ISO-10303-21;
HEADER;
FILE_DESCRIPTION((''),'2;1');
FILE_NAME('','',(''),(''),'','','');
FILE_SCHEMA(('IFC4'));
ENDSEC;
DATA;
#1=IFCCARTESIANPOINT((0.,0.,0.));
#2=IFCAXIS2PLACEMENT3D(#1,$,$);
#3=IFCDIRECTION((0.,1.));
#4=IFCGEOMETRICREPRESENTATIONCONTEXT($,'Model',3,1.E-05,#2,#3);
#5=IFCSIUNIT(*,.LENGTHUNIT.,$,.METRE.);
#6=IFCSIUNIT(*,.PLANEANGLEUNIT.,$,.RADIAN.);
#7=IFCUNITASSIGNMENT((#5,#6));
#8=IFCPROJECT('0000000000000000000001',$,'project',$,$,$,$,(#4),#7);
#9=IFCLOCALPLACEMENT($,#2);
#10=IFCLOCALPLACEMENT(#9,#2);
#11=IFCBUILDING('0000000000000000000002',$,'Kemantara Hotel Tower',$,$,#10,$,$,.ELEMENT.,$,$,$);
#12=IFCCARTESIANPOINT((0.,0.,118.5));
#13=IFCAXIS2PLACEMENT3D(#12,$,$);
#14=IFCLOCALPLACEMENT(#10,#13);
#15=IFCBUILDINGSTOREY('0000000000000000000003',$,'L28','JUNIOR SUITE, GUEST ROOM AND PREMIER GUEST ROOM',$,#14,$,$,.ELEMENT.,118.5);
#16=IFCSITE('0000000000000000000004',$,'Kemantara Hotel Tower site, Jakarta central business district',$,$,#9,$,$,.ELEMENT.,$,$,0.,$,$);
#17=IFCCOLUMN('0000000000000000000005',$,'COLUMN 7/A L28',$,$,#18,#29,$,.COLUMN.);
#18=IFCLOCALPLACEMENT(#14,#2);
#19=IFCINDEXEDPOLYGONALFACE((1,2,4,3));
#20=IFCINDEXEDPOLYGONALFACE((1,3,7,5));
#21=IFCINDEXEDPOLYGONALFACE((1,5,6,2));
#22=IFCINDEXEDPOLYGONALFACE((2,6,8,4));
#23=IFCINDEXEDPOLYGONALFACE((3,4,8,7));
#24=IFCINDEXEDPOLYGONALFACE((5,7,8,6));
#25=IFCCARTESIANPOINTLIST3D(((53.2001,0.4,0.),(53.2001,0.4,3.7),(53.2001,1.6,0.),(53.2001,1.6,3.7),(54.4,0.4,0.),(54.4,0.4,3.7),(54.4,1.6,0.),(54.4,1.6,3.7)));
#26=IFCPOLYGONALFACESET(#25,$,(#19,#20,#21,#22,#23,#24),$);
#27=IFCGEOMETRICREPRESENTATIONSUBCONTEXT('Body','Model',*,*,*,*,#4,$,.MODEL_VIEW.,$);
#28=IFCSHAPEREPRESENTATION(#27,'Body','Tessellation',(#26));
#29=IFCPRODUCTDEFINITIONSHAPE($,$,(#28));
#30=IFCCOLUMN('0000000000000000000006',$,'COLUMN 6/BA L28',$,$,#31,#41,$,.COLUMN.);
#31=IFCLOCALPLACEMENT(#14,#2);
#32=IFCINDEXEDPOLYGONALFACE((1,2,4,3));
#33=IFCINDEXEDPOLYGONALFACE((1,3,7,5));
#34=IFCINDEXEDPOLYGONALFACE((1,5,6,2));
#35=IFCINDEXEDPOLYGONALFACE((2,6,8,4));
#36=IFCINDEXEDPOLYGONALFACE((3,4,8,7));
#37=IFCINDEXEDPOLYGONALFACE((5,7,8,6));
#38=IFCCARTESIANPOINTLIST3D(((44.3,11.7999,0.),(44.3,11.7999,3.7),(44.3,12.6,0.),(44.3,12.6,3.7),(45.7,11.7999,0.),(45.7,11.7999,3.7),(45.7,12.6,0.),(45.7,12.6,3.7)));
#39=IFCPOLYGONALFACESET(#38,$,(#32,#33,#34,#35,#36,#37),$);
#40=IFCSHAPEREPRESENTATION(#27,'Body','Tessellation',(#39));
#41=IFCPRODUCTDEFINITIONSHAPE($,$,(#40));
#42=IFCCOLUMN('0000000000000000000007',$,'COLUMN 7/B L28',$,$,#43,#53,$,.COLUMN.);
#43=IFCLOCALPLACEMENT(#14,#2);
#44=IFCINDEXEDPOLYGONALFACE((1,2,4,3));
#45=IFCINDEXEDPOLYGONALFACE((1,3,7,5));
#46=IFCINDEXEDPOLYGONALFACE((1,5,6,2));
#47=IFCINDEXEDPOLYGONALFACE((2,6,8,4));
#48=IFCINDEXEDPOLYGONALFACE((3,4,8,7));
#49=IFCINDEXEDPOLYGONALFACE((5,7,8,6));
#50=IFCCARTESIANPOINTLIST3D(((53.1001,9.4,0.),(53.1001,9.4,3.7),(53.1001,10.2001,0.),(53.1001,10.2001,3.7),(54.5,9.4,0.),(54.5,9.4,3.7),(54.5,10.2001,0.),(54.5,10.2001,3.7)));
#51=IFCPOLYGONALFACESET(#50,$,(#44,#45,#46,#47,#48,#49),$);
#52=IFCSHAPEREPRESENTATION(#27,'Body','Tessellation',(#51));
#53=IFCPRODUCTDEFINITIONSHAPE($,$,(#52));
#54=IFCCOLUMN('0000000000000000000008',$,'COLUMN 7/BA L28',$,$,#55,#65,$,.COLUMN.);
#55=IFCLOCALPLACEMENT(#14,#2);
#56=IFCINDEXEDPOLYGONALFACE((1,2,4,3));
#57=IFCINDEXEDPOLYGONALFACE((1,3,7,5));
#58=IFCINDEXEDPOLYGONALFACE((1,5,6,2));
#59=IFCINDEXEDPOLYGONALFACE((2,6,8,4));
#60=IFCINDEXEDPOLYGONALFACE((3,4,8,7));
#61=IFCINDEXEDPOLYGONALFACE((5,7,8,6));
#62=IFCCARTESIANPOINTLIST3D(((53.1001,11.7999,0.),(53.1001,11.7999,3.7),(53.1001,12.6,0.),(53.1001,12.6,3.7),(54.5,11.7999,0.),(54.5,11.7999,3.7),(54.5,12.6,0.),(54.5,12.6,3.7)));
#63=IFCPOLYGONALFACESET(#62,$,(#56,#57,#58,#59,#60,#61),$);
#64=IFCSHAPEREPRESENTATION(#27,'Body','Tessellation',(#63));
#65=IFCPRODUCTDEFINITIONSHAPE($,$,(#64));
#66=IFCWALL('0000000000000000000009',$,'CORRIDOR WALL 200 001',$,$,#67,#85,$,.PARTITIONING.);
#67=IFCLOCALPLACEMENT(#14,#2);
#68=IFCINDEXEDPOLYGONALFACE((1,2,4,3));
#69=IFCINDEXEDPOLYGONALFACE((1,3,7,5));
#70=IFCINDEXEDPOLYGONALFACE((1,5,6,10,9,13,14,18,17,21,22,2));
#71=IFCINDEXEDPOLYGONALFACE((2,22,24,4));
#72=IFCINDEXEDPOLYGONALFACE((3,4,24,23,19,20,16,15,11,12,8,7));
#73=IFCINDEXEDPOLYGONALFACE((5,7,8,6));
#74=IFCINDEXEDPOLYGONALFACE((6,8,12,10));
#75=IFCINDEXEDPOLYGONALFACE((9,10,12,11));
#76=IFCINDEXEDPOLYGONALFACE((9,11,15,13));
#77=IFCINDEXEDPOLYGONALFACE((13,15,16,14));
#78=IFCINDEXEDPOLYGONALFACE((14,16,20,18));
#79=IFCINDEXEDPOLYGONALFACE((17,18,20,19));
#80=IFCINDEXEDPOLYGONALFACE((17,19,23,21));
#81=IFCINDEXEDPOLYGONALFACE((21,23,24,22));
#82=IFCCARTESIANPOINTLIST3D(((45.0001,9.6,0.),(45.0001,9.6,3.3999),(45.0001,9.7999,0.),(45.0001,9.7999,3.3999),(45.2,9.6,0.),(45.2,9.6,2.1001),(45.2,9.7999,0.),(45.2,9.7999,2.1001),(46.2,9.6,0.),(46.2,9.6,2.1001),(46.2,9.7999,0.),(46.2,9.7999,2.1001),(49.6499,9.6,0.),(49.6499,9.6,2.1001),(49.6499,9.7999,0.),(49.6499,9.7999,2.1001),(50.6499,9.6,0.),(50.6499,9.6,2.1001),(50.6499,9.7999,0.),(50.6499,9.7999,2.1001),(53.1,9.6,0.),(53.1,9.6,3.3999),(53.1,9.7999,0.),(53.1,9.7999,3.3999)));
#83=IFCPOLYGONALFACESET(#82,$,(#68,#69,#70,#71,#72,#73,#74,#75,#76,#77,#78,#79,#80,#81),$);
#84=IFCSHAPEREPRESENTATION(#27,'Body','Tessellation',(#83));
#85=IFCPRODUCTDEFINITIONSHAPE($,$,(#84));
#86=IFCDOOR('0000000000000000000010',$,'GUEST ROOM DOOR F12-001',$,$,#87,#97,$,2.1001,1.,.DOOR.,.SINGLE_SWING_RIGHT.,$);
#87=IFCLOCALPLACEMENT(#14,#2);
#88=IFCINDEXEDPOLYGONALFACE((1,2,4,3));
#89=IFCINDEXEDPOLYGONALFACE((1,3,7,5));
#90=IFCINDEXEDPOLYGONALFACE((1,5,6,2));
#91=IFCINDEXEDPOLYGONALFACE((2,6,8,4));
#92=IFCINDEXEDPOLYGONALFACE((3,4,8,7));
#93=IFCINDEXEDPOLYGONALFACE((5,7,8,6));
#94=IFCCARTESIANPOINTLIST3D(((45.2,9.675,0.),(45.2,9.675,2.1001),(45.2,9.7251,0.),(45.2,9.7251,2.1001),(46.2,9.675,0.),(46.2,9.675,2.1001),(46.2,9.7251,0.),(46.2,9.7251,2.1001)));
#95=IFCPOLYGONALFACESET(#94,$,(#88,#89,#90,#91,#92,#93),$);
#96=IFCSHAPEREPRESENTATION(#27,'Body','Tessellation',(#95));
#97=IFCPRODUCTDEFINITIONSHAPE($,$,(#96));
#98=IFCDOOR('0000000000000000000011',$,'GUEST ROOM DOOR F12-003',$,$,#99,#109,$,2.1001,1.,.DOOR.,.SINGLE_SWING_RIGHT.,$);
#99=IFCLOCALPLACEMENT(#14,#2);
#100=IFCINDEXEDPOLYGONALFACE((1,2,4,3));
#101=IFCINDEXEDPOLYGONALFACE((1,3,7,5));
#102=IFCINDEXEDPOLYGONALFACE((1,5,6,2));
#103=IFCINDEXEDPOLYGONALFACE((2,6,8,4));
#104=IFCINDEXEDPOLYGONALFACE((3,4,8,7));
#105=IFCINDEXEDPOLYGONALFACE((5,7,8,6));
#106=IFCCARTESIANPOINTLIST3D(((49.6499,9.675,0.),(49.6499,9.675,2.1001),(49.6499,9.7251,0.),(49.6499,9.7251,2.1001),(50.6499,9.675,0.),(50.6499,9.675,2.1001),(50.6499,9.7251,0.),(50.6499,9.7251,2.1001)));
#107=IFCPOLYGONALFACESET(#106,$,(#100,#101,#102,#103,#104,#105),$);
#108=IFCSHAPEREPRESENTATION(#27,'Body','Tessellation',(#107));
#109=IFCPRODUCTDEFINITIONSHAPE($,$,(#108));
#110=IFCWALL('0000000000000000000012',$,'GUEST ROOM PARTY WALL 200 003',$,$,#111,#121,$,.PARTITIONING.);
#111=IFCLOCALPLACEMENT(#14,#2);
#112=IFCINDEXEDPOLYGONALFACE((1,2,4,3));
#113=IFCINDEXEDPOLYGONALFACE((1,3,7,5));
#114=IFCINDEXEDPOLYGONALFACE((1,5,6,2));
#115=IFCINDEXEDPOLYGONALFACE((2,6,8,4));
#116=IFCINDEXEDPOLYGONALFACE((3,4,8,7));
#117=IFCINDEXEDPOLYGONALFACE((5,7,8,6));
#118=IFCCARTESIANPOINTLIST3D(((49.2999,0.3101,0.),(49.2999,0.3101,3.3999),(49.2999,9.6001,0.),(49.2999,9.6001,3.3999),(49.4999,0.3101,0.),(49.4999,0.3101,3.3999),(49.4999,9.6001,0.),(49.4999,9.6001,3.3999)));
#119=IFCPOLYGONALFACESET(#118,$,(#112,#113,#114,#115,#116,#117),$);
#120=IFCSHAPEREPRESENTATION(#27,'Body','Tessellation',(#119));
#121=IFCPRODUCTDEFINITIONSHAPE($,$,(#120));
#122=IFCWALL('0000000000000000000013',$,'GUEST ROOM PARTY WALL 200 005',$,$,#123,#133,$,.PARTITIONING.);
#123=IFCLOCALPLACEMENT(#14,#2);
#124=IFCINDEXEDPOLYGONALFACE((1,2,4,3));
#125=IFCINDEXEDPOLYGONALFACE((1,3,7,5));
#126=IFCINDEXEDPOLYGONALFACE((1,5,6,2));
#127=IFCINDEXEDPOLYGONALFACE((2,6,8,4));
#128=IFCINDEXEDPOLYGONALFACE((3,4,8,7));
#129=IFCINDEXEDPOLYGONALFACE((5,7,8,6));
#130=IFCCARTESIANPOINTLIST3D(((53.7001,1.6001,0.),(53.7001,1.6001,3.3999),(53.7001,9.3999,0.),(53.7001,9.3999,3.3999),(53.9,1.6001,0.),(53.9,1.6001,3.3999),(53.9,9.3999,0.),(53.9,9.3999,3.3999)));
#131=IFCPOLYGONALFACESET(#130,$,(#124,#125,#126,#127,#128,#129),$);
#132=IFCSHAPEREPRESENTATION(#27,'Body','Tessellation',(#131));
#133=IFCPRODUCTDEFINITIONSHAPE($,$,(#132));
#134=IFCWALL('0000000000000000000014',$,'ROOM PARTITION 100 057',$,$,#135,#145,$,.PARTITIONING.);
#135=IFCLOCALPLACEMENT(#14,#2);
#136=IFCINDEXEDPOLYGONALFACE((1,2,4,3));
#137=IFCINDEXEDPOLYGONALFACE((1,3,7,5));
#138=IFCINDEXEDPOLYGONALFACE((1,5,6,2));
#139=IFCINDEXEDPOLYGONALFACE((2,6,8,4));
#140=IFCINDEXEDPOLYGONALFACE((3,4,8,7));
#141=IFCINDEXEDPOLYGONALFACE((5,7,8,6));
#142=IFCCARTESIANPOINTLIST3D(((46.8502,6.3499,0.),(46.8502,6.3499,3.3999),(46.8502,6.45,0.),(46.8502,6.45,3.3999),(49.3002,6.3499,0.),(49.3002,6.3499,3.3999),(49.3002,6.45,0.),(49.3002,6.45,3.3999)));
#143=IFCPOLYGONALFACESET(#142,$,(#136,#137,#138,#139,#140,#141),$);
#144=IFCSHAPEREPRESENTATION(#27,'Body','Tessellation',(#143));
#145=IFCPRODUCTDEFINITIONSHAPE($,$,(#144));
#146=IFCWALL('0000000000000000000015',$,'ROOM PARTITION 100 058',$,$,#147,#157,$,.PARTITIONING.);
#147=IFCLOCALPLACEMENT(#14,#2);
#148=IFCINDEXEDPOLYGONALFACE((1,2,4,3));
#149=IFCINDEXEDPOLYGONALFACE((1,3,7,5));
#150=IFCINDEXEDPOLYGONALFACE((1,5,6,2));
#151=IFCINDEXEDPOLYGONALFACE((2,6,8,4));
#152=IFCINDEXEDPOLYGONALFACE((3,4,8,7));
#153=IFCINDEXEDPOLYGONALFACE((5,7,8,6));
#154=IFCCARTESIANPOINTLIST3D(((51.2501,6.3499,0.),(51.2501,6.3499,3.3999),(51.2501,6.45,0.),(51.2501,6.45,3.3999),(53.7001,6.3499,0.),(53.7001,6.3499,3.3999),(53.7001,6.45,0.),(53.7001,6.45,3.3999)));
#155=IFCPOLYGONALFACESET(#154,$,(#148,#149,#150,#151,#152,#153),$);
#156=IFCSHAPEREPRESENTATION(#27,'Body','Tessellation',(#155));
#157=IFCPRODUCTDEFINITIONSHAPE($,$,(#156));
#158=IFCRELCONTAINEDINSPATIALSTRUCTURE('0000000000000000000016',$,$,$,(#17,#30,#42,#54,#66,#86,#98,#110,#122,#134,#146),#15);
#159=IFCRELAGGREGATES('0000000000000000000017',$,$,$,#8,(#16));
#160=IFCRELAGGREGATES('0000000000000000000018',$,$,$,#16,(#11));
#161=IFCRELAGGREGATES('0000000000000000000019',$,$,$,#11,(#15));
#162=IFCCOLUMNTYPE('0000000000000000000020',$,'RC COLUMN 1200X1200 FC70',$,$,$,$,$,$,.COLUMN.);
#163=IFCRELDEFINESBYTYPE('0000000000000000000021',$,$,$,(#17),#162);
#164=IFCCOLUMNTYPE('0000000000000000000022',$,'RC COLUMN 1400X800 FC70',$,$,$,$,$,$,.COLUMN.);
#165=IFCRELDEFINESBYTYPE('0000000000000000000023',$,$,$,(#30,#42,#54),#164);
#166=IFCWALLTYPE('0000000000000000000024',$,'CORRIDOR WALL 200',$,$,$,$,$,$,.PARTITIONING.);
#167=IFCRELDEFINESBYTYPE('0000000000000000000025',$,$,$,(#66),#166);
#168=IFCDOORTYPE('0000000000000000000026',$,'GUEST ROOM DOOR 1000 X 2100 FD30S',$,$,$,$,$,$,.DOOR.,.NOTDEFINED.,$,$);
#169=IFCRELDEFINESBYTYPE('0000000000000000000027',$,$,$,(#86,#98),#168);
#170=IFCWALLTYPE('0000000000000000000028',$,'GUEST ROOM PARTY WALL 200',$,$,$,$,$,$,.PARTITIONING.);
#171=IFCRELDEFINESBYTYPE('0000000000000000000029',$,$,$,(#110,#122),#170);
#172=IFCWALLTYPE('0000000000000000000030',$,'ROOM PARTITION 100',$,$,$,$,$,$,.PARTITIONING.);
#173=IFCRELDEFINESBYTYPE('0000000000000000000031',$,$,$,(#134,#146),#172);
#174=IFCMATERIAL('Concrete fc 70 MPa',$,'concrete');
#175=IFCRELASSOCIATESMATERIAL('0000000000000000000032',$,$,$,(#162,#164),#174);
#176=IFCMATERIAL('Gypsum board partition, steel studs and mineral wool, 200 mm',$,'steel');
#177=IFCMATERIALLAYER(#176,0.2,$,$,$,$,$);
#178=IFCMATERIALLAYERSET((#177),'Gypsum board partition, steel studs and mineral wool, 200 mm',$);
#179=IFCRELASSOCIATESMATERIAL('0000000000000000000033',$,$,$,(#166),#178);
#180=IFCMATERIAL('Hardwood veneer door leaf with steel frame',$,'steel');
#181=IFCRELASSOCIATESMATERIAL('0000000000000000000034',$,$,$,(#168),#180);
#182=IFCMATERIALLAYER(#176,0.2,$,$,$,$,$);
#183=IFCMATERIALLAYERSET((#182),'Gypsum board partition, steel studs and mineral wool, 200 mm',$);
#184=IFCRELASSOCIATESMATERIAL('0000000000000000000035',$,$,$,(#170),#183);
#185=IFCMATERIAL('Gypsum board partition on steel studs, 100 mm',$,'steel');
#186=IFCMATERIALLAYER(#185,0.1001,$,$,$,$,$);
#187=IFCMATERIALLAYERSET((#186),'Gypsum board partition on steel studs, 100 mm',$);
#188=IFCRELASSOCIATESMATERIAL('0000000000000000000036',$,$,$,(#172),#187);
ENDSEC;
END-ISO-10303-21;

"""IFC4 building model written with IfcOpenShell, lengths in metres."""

from ifc_helpers import new_model, si_unit, direction, frame, frame_2d, origin, origin_2d, place, context, subcontext, project, spatial, rectangle, extrude, material, layer, layer_set, material_profile, profile_set, type_object, element, fill, save


model = new_model("IFC4")

# Units and contexts
model_context = context("Model", 3, precision=1e-05, world=origin(), true_north=direction((0.0, 1.0)))
body_context = subcontext(model_context, "Body", "Model", "MODEL_VIEW")
ifc_project = project(units=[si_unit("LENGTHUNIT", "METRE"), si_unit("PLANEANGLEUNIT", "RADIAN")], contexts=[model_context])

# Site, building, storey
site_placement = place(None, origin())
site = spatial("IfcSite", under=ifc_project, at=site_placement, Name="Kemantara Hotel Tower site, Jakarta central business district", CompositionType="ELEMENT", RefElevation=0.0)
building_placement = place(site_placement, origin())
building = spatial("IfcBuilding", under=site, at=building_placement, Name="Kemantara Hotel Tower", CompositionType="ELEMENT")
storey_placement = place(building_placement, frame((0.0, 0.0, 118.5)))
storey = spatial("IfcBuildingStorey", under=building, at=storey_placement, Name="L28", Description="JUNIOR SUITE, GUEST ROOM AND PREMIER GUEST ROOM", CompositionType="ELEMENT", Elevation=118.5)

# Columns
ifc_material_1 = material(Name="Concrete fc 70 MPa", Category="concrete")
ifc_material_profile_1 = material_profile(ifc_material_1, rectangle(XDim=1.2, YDim=1.2, at=origin_2d()), Name="RC 1200X1200")
ifc_profile_set_1 = profile_set([ifc_material_profile_1], Name="Concrete fc 70 MPa")
column_type_1 = type_object("IfcColumnType", Name="RC COLUMN 1200X1200 FC70", PredefinedType="COLUMN", material=ifc_profile_set_1)
column_placement = place(storey_placement, frame((53.8, 1.0, 0.0), z_axis=(0.0, 0.0, 1.0), x_axis=(1.0, 0.0, 0.0)))
element("IfcColumn", 1, at=column_placement, inside=storey, type_object=column_type_1, Name="COLUMN 7/A L28", PredefinedType="COLUMN", context=body_context, shape_type="SweptSolid", body=[
    extrude(rectangle(XDim=1.2, YDim=1.2, at=origin_2d()), origin(), (0.0, 0.0, 1.0), 3.7),
])
ifc_material_profile_2 = material_profile(ifc_material_1, rectangle(XDim=1.3999, YDim=0.8, at=origin_2d()), Name="RC 1400X800")
ifc_profile_set_2 = profile_set([ifc_material_profile_2], Name="Concrete fc 70 MPa")
column_type_2 = type_object("IfcColumnType", Name="RC COLUMN 1400X800 FC70", PredefinedType="COLUMN", material=ifc_profile_set_2)
for number, where, z_axis, x_axis, name in (
    (2, (45.0, 12.2, 0.0), (0.0, 0.0, 1.0), (1.0, 0.0, 0.0), "COLUMN 6/BA L28"),
    (3, (53.8, 9.8, 0.0), (0.0, 0.0, 1.0), (1.0, 0.0, 0.0), "COLUMN 7/B L28"),
    (4, (53.8, 12.2, 0.0), (0.0, 0.0, 1.0), (1.0, 0.0, 0.0), "COLUMN 7/BA L28"),
):
    element("IfcColumn", number, at=place(storey_placement, frame(where, z_axis=z_axis, x_axis=x_axis)), inside=storey, type_object=column_type_2, Name=name, PredefinedType="COLUMN", context=body_context, shape_type="SweptSolid", body=[
        extrude(rectangle(XDim=1.3999, YDim=0.8, at=origin_2d()), origin(), (0.0, 0.0, 1.0), 3.7),
    ])

# Wall, openings, doors
ifc_material_2 = material(Name="Gypsum board partition, steel studs and mineral wool, 200 mm", Category="steel")
ifc_layer_1 = layer(ifc_material_2, 0.2)
ifc_layer_set_1 = layer_set([ifc_layer_1], Name="Gypsum board partition, steel studs and mineral wool, 200 mm")
wall_type_1 = type_object("IfcWallType", Name="CORRIDOR WALL 200", PredefinedType="PARTITIONING", material=ifc_layer_set_1)
wall_1_placement = place(storey_placement, frame((53.0999, 9.7, 0.0), z_axis=(0.0, 0.0, 1.0), x_axis=(-1.0, 0.0, 0.0)))
wall_1 = element("IfcWall", 5, at=wall_1_placement, inside=storey, type_object=wall_type_1, Name="CORRIDOR WALL 200 001", PredefinedType="PARTITIONING", context=body_context, shape_type="SweptSolid", body=[
    extrude(rectangle(XDim=8.0999, YDim=0.2, at=frame_2d((4.0498, 0.0))), origin(), (0.0, 0.0, 1.0), 3.3999),
])
opening_1_placement = place(wall_1_placement, frame((6.8999, 0.0, 0.0)))
opening_1 = element("IfcOpeningElement", 6, at=opening_1_placement, cuts=wall_1, PredefinedType="OPENING", context=body_context, shape_type="SweptSolid", body=[
    extrude(rectangle(XDim=1.0, YDim=2.1001, at=frame_2d((0.5, 1.05))), frame((0.0, 0.1099, 0.0), z_axis=(0.0, -1.0, 0.0), x_axis=(1.0, 0.0, 0.0)), (0.0, 0.0, 1.0), 0.22),
])
opening_2_placement = place(wall_1_placement, frame((2.45, 0.0, 0.0)))
opening_2 = element("IfcOpeningElement", 7, at=opening_2_placement, cuts=wall_1, PredefinedType="OPENING", context=body_context, shape_type="SweptSolid", body=[
    extrude(rectangle(XDim=1.0, YDim=2.1001, at=frame_2d((0.5, 1.05))), frame((0.0, 0.1099, 0.0), z_axis=(0.0, -1.0, 0.0), x_axis=(1.0, 0.0, 0.0)), (0.0, 0.0, 1.0), 0.22),
])
ifc_material_3 = material(Name="Hardwood veneer door leaf with steel frame", Category="steel")
door_type_1 = type_object("IfcDoorType", Name="GUEST ROOM DOOR 1000 X 2100 FD30S", OperationType="NOTDEFINED", PredefinedType="DOOR", material=ifc_material_3)
door_1_placement = place(opening_1_placement, origin())
door_1 = element("IfcDoor", 8, at=door_1_placement, inside=storey, type_object=door_type_1, Name="GUEST ROOM DOOR F12-001", OperationType="SINGLE_SWING_RIGHT", OverallHeight=2.1001, OverallWidth=1.0, PredefinedType="DOOR", context=body_context, shape_type="SweptSolid", body=[
    extrude(rectangle(XDim=1.0, YDim=2.1001, at=frame_2d((0.5, 1.05))), frame((0.0, 0.0249, 0.0), z_axis=(0.0, -1.0, 0.0), x_axis=(1.0, 0.0, 0.0)), (0.0, 0.0, 1.0), 0.05),
])
fill(opening_1, door_1)
door_2_placement = place(opening_2_placement, origin())
door_2 = element("IfcDoor", 9, at=door_2_placement, inside=storey, type_object=door_type_1, Name="GUEST ROOM DOOR F12-003", OperationType="SINGLE_SWING_RIGHT", OverallHeight=2.1001, OverallWidth=1.0, PredefinedType="DOOR", context=body_context, shape_type="SweptSolid", body=[
    extrude(rectangle(XDim=1.0, YDim=2.1001, at=frame_2d((0.5, 1.05))), frame((0.0, 0.0249, 0.0), z_axis=(0.0, -1.0, 0.0), x_axis=(1.0, 0.0, 0.0)), (0.0, 0.0, 1.0), 0.05),
])
fill(opening_2, door_2)

# Walls
ifc_layer_2 = layer(ifc_material_2, 0.2)
ifc_layer_set_2 = layer_set([ifc_layer_2], Name="Gypsum board partition, steel studs and mineral wool, 200 mm")
wall_type_2 = type_object("IfcWallType", Name="GUEST ROOM PARTY WALL 200", PredefinedType="PARTITIONING", material=ifc_layer_set_2)
wall_2_placement = place(storey_placement, frame((49.3999, 0.3101, 0.0), z_axis=(0.0, 0.0, 1.0), x_axis=(0.0, 1.0, 0.0)))
element("IfcWall", 10, at=wall_2_placement, inside=storey, type_object=wall_type_2, Name="GUEST ROOM PARTY WALL 200 003", PredefinedType="PARTITIONING", context=body_context, shape_type="SweptSolid", body=[
    extrude(rectangle(XDim=9.29, YDim=0.2, at=frame_2d((4.645, 0.0))), origin(), (0.0, 0.0, 1.0), 3.3999),
])
wall_3_placement = place(storey_placement, frame((53.8, 1.6001, 0.0), z_axis=(0.0, 0.0, 1.0), x_axis=(0.0, 1.0, 0.0)))
element("IfcWall", 11, at=wall_3_placement, inside=storey, type_object=wall_type_2, Name="GUEST ROOM PARTY WALL 200 005", PredefinedType="PARTITIONING", context=body_context, shape_type="SweptSolid", body=[
    extrude(rectangle(XDim=7.7998, YDim=0.2, at=frame_2d((3.8999, 0.0))), origin(), (0.0, 0.0, 1.0), 3.3999),
])
ifc_material_4 = material(Name="Gypsum board partition on steel studs, 100 mm", Category="steel")
ifc_layer_3 = layer(ifc_material_4, 0.1001)
ifc_layer_set_3 = layer_set([ifc_layer_3], Name="Gypsum board partition on steel studs, 100 mm")
wall_type_3 = type_object("IfcWallType", Name="ROOM PARTITION 100", PredefinedType="PARTITIONING", material=ifc_layer_set_3)
for number, where, z_axis, x_axis, name in (
    (12, (46.8501, 6.3999, 0.0), (0.0, 0.0, 1.0), (1.0, 0.0, 0.0), "ROOM PARTITION 100 057"),
    (13, (51.25, 6.3999, 0.0), (0.0, 0.0, 1.0), (1.0, 0.0, 0.0), "ROOM PARTITION 100 058"),
):
    element("IfcWall", number, at=place(storey_placement, frame(where, z_axis=z_axis, x_axis=x_axis)), inside=storey, type_object=wall_type_3, Name=name, PredefinedType="PARTITIONING", context=body_context, shape_type="SweptSolid", body=[
        extrude(rectangle(XDim=2.45, YDim=0.1001, at=frame_2d((1.2251, 0.0))), origin(), (0.0, 0.0, 1.0), 3.3999),
    ])

save(model, "model.ifc")
